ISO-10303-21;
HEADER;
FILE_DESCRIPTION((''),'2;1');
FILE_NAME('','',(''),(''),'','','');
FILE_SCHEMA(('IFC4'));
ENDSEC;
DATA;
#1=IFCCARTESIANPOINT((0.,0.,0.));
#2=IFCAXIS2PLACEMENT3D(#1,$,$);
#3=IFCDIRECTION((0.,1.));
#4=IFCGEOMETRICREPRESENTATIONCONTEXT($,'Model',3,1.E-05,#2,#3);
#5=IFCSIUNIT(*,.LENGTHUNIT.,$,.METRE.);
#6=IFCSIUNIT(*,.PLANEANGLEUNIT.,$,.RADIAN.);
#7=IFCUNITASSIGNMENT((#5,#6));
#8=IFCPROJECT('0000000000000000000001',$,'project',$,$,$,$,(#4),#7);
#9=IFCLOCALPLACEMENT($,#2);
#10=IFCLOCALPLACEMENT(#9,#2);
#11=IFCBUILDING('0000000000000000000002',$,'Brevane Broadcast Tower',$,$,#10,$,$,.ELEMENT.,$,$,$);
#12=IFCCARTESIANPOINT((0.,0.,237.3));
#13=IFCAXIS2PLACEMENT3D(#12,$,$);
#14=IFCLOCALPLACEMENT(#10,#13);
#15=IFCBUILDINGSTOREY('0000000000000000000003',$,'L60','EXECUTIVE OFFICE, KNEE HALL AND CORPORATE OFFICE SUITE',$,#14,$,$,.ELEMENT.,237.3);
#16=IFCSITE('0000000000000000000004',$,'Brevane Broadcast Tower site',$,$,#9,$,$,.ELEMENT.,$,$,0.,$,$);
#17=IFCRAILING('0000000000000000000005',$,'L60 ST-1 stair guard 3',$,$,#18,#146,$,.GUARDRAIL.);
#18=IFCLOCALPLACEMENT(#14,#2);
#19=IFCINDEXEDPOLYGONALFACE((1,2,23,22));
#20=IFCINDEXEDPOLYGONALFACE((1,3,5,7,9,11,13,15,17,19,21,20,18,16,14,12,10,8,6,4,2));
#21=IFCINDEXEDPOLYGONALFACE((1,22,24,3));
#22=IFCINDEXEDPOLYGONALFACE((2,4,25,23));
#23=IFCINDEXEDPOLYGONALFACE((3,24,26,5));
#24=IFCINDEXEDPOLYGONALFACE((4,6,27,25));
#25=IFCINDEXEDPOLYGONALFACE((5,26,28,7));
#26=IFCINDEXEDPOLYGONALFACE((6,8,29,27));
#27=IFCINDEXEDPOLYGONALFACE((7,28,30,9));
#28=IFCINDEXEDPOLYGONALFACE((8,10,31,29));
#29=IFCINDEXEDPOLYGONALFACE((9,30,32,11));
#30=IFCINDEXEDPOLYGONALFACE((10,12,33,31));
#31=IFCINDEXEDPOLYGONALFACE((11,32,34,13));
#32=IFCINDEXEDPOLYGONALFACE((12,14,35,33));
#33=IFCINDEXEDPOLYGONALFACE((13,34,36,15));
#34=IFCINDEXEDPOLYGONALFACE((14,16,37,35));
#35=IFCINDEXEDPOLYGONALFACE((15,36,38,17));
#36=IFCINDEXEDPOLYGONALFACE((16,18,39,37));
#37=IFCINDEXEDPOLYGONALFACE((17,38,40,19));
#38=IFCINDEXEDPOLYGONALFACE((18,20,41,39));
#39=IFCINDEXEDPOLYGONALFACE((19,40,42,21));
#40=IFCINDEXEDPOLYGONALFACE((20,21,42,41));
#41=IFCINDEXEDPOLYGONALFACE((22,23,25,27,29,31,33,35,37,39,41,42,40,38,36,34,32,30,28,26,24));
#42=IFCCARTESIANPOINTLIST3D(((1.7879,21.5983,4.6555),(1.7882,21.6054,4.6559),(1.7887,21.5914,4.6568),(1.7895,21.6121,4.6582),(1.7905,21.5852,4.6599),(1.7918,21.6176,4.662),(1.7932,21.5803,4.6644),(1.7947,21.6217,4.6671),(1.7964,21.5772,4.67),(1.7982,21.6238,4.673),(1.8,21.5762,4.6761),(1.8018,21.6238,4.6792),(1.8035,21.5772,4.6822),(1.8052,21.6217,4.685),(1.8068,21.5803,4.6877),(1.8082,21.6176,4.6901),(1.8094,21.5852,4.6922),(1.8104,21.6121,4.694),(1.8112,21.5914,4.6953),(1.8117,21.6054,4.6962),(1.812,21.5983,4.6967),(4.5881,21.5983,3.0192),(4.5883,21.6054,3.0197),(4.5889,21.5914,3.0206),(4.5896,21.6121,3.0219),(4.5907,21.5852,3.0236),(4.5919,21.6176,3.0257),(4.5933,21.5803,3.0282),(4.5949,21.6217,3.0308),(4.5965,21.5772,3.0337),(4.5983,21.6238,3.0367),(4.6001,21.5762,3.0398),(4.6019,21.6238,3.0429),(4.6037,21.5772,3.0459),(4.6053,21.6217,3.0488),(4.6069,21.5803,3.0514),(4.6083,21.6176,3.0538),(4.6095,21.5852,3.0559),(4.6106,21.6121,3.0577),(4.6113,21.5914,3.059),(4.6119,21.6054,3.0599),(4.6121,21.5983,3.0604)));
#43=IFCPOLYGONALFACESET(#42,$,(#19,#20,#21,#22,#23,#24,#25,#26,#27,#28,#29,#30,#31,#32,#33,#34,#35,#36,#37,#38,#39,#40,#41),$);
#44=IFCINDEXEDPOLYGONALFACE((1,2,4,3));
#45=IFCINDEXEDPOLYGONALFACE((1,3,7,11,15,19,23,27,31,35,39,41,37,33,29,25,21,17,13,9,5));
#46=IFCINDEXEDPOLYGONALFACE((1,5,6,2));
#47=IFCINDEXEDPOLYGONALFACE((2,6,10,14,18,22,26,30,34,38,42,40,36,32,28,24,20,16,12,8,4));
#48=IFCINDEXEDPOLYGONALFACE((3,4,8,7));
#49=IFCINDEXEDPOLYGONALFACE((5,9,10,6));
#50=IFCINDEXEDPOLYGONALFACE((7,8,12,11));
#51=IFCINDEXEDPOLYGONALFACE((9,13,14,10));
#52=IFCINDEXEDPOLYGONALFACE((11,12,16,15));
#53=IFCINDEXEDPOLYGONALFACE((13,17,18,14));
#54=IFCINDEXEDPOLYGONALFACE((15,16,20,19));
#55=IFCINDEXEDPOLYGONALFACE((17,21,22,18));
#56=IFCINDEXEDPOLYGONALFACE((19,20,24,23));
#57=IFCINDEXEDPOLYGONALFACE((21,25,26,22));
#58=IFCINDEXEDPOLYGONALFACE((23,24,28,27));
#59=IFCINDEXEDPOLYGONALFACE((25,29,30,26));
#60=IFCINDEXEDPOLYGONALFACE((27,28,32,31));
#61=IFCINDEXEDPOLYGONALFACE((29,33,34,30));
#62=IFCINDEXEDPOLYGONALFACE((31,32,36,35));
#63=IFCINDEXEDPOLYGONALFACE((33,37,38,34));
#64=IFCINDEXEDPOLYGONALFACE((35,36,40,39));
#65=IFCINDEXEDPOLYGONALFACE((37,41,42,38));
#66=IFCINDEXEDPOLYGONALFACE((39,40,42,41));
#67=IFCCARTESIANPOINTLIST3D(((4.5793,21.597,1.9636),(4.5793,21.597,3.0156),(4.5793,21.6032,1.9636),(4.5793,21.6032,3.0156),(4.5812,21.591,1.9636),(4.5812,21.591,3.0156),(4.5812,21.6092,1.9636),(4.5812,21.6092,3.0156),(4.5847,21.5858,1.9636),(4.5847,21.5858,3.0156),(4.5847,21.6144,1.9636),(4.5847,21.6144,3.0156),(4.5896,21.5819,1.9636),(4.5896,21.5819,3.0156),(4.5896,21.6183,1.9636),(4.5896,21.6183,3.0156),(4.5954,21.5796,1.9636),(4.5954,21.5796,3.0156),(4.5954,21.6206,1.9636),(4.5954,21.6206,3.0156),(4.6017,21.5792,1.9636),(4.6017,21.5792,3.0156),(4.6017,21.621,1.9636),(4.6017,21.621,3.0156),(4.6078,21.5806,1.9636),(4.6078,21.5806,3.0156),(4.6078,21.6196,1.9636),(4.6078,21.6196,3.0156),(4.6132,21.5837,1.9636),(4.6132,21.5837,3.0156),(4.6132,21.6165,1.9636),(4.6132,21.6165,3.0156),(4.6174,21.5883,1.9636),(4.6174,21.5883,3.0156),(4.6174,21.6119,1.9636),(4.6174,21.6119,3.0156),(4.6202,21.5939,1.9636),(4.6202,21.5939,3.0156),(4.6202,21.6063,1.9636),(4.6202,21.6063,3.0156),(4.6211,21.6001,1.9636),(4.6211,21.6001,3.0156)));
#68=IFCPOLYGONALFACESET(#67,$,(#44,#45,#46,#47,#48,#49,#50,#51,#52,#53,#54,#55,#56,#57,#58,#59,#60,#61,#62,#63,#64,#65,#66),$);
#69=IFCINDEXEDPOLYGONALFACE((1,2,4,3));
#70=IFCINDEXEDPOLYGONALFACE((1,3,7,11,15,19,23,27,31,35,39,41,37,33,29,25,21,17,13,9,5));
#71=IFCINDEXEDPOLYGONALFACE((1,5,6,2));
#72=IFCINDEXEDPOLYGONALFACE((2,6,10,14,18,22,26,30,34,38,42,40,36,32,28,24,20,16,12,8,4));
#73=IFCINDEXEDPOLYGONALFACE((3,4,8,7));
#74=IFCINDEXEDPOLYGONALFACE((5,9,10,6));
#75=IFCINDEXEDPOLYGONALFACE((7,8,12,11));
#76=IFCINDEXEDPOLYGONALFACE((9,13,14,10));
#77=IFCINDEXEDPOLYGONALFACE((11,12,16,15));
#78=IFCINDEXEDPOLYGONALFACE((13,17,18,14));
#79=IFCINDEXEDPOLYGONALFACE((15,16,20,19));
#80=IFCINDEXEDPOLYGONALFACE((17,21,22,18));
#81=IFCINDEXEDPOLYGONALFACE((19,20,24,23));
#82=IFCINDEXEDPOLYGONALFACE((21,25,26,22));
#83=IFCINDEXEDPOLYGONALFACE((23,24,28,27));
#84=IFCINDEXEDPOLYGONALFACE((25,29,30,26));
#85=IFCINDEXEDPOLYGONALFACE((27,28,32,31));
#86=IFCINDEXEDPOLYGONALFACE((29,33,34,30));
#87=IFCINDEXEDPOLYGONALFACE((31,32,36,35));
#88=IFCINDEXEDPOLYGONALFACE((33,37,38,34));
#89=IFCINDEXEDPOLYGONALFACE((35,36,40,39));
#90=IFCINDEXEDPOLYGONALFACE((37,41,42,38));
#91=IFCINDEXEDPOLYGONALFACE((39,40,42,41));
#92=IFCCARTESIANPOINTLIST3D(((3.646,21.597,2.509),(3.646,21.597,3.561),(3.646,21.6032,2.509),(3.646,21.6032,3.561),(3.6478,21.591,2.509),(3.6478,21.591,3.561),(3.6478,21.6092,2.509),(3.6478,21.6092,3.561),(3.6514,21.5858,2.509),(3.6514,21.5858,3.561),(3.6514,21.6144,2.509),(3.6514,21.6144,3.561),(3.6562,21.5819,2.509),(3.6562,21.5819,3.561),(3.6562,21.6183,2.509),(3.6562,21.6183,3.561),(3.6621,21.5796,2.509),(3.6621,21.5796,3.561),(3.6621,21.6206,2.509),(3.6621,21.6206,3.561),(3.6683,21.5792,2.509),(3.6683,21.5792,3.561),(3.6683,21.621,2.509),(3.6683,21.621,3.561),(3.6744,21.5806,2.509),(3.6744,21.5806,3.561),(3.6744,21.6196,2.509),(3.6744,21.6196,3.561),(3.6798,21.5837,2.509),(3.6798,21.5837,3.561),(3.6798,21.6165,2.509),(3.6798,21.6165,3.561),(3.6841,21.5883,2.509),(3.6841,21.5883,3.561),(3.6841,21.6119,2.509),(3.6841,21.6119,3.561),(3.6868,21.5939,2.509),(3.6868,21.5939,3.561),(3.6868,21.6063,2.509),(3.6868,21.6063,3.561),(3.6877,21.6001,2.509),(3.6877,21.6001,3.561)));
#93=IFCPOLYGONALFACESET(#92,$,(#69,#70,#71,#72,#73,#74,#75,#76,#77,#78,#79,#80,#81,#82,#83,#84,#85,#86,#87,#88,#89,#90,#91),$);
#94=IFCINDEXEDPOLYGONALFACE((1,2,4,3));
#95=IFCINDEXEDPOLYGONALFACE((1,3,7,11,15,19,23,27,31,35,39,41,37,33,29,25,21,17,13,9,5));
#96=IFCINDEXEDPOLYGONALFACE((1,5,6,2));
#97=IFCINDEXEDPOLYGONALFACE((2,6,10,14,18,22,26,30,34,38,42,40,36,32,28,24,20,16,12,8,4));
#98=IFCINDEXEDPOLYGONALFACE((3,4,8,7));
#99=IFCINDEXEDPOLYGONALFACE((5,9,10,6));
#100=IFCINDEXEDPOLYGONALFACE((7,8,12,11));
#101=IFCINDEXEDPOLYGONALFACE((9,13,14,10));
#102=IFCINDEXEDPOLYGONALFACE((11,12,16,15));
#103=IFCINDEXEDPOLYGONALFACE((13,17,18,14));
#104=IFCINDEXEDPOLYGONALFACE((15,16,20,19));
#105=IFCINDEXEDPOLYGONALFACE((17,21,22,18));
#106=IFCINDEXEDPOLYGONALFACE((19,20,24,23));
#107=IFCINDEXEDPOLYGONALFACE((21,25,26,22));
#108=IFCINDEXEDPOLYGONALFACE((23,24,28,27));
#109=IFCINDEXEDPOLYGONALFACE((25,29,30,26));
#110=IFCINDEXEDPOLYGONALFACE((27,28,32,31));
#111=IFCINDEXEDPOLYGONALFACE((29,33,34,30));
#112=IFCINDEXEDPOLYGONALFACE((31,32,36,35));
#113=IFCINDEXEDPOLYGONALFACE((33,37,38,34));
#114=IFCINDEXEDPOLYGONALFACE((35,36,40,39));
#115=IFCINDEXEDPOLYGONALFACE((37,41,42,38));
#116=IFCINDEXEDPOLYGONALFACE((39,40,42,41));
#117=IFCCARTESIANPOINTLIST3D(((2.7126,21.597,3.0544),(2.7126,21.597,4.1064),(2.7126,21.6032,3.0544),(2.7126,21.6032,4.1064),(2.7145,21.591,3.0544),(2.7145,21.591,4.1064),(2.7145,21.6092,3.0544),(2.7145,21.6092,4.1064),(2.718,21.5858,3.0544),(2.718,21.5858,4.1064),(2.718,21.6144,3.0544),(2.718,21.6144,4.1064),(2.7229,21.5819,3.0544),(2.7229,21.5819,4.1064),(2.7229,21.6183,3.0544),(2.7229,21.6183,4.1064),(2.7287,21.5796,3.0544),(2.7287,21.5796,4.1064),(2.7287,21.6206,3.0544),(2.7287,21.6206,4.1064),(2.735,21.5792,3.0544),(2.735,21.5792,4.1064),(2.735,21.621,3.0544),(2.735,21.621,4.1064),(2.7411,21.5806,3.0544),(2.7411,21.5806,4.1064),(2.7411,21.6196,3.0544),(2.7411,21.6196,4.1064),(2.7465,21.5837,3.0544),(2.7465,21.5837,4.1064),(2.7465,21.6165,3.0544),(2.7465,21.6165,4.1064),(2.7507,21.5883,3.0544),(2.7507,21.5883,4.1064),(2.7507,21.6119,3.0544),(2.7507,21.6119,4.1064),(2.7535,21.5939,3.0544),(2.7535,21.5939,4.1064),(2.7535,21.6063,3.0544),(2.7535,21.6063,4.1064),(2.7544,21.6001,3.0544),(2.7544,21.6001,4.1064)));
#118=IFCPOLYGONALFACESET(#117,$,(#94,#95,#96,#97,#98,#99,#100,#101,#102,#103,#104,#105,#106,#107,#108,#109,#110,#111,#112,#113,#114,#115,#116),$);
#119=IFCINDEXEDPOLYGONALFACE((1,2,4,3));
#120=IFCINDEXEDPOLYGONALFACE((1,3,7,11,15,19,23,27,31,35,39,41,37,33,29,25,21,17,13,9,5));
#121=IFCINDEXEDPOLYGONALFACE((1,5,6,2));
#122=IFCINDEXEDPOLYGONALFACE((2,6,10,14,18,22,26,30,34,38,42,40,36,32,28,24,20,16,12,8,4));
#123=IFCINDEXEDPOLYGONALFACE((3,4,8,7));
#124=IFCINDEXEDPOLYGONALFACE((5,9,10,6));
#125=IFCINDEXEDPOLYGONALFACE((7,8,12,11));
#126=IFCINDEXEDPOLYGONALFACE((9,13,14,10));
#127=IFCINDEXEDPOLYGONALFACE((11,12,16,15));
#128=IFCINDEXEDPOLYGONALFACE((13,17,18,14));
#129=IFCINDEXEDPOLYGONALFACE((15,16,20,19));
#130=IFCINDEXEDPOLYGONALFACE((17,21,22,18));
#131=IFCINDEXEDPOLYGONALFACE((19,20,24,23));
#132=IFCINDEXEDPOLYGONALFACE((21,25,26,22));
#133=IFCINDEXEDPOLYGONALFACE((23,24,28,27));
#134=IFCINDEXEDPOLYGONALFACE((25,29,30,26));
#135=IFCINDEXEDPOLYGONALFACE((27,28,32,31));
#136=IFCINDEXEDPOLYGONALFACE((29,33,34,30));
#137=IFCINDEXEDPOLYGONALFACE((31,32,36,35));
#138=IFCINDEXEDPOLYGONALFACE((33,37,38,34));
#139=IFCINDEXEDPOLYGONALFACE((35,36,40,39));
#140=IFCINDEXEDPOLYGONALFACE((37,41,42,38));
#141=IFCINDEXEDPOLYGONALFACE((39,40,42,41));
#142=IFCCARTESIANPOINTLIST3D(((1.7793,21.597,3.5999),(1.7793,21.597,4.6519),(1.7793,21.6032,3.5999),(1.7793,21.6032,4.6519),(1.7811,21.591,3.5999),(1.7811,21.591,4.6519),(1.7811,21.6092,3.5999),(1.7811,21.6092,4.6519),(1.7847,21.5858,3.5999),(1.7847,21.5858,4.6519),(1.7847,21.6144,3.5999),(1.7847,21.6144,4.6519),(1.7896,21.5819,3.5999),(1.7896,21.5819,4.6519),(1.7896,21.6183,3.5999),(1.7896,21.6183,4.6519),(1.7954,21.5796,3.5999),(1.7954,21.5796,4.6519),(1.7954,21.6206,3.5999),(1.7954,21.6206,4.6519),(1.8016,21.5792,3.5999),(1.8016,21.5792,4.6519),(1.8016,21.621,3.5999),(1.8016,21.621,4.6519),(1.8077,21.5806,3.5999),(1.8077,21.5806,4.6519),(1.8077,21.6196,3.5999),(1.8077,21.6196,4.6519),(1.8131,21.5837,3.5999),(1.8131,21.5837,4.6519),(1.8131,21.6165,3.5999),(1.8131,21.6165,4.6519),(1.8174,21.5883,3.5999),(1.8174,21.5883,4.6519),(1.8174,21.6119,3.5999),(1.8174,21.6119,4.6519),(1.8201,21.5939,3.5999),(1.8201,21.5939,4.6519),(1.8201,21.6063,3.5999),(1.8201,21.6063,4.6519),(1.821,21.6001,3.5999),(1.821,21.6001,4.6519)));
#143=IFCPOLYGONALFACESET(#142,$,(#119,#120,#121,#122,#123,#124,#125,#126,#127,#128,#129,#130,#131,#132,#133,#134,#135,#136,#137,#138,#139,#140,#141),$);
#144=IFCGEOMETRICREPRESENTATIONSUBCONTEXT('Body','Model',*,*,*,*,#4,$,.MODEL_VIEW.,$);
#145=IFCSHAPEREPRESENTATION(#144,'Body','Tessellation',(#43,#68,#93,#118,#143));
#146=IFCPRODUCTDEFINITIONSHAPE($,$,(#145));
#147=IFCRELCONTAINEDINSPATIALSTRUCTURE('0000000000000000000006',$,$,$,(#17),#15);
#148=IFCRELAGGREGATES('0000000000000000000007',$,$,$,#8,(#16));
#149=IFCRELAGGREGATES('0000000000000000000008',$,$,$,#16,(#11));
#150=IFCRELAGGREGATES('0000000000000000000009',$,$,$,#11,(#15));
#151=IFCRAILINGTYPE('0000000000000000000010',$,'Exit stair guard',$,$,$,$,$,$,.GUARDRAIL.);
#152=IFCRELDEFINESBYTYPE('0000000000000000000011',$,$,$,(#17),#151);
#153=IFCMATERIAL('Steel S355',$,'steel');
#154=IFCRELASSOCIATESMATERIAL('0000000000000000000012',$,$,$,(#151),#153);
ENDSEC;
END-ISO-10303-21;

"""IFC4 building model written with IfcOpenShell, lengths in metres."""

from ifc_helpers import new_model, si_unit, direction, frame, origin, origin_2d, place, context, subcontext, project, spatial, circle, extrude, material, type_object, element, save


model = new_model("IFC4")

# Units and contexts
model_context = context("Model", 3, precision=1e-05, world=origin(), true_north=direction((0.0, 1.0)))
body_context = subcontext(model_context, "Body", "Model", "MODEL_VIEW")
ifc_project = project(units=[si_unit("LENGTHUNIT", "METRE"), si_unit("PLANEANGLEUNIT", "RADIAN")], contexts=[model_context])

# Site, building, storey
site_placement = place(None, origin())
site = spatial("IfcSite", under=ifc_project, at=site_placement, Name="Brevane Broadcast Tower site", CompositionType="ELEMENT", RefElevation=0.0)
building_placement = place(site_placement, origin())
building = spatial("IfcBuilding", under=site, at=building_placement, Name="Brevane Broadcast Tower", CompositionType="ELEMENT")
storey_placement = place(building_placement, frame((0.0, 0.0, 237.3)))
storey = spatial("IfcBuildingStorey", under=building, at=storey_placement, Name="L60", Description="EXECUTIVE OFFICE, KNEE HALL AND CORPORATE OFFICE SUITE", CompositionType="ELEMENT", Elevation=237.3)

# Railing
ifc_material_1 = material(Name="Steel S355", Category="steel")
railing_type_1 = type_object("IfcRailingType", Name="Exit stair guard", PredefinedType="GUARDRAIL", material=ifc_material_1)
railing_1_placement = place(storey_placement, frame((4.6001, 21.6001, 1.9636)))
element("IfcRailing", 1, at=railing_1_placement, inside=storey, type_object=railing_type_1, Name="L60 ST-1 stair guard 3", PredefinedType="GUARDRAIL", context=body_context, shape_type="SweptSolid", body=[
    extrude(circle(Radius=0.0239, at=origin_2d()), frame((0.0, 0.0, 1.0762), z_axis=(-0.863394, 0.0, 0.504531), x_axis=(0.0, -1.0, 0.0)), (0.0, 0.0, 1.0), 3.2432),
    extrude(circle(Radius=0.021, at=origin_2d()), origin(), (0.0, 0.0, 1.0), 1.052),
    extrude(circle(Radius=0.021, at=origin_2d()), frame((-0.9333, 0.0, 0.5454)), (0.0, 0.0, 1.0), 1.052),
    extrude(circle(Radius=0.021, at=origin_2d()), frame((-1.8667, 0.0, 1.0908)), (0.0, 0.0, 1.0), 1.052),
    extrude(circle(Radius=0.021, at=origin_2d()), frame((-2.8, 0.0, 1.6362)), (0.0, 0.0, 1.0), 1.052),
])

save(model, "model.ifc")
